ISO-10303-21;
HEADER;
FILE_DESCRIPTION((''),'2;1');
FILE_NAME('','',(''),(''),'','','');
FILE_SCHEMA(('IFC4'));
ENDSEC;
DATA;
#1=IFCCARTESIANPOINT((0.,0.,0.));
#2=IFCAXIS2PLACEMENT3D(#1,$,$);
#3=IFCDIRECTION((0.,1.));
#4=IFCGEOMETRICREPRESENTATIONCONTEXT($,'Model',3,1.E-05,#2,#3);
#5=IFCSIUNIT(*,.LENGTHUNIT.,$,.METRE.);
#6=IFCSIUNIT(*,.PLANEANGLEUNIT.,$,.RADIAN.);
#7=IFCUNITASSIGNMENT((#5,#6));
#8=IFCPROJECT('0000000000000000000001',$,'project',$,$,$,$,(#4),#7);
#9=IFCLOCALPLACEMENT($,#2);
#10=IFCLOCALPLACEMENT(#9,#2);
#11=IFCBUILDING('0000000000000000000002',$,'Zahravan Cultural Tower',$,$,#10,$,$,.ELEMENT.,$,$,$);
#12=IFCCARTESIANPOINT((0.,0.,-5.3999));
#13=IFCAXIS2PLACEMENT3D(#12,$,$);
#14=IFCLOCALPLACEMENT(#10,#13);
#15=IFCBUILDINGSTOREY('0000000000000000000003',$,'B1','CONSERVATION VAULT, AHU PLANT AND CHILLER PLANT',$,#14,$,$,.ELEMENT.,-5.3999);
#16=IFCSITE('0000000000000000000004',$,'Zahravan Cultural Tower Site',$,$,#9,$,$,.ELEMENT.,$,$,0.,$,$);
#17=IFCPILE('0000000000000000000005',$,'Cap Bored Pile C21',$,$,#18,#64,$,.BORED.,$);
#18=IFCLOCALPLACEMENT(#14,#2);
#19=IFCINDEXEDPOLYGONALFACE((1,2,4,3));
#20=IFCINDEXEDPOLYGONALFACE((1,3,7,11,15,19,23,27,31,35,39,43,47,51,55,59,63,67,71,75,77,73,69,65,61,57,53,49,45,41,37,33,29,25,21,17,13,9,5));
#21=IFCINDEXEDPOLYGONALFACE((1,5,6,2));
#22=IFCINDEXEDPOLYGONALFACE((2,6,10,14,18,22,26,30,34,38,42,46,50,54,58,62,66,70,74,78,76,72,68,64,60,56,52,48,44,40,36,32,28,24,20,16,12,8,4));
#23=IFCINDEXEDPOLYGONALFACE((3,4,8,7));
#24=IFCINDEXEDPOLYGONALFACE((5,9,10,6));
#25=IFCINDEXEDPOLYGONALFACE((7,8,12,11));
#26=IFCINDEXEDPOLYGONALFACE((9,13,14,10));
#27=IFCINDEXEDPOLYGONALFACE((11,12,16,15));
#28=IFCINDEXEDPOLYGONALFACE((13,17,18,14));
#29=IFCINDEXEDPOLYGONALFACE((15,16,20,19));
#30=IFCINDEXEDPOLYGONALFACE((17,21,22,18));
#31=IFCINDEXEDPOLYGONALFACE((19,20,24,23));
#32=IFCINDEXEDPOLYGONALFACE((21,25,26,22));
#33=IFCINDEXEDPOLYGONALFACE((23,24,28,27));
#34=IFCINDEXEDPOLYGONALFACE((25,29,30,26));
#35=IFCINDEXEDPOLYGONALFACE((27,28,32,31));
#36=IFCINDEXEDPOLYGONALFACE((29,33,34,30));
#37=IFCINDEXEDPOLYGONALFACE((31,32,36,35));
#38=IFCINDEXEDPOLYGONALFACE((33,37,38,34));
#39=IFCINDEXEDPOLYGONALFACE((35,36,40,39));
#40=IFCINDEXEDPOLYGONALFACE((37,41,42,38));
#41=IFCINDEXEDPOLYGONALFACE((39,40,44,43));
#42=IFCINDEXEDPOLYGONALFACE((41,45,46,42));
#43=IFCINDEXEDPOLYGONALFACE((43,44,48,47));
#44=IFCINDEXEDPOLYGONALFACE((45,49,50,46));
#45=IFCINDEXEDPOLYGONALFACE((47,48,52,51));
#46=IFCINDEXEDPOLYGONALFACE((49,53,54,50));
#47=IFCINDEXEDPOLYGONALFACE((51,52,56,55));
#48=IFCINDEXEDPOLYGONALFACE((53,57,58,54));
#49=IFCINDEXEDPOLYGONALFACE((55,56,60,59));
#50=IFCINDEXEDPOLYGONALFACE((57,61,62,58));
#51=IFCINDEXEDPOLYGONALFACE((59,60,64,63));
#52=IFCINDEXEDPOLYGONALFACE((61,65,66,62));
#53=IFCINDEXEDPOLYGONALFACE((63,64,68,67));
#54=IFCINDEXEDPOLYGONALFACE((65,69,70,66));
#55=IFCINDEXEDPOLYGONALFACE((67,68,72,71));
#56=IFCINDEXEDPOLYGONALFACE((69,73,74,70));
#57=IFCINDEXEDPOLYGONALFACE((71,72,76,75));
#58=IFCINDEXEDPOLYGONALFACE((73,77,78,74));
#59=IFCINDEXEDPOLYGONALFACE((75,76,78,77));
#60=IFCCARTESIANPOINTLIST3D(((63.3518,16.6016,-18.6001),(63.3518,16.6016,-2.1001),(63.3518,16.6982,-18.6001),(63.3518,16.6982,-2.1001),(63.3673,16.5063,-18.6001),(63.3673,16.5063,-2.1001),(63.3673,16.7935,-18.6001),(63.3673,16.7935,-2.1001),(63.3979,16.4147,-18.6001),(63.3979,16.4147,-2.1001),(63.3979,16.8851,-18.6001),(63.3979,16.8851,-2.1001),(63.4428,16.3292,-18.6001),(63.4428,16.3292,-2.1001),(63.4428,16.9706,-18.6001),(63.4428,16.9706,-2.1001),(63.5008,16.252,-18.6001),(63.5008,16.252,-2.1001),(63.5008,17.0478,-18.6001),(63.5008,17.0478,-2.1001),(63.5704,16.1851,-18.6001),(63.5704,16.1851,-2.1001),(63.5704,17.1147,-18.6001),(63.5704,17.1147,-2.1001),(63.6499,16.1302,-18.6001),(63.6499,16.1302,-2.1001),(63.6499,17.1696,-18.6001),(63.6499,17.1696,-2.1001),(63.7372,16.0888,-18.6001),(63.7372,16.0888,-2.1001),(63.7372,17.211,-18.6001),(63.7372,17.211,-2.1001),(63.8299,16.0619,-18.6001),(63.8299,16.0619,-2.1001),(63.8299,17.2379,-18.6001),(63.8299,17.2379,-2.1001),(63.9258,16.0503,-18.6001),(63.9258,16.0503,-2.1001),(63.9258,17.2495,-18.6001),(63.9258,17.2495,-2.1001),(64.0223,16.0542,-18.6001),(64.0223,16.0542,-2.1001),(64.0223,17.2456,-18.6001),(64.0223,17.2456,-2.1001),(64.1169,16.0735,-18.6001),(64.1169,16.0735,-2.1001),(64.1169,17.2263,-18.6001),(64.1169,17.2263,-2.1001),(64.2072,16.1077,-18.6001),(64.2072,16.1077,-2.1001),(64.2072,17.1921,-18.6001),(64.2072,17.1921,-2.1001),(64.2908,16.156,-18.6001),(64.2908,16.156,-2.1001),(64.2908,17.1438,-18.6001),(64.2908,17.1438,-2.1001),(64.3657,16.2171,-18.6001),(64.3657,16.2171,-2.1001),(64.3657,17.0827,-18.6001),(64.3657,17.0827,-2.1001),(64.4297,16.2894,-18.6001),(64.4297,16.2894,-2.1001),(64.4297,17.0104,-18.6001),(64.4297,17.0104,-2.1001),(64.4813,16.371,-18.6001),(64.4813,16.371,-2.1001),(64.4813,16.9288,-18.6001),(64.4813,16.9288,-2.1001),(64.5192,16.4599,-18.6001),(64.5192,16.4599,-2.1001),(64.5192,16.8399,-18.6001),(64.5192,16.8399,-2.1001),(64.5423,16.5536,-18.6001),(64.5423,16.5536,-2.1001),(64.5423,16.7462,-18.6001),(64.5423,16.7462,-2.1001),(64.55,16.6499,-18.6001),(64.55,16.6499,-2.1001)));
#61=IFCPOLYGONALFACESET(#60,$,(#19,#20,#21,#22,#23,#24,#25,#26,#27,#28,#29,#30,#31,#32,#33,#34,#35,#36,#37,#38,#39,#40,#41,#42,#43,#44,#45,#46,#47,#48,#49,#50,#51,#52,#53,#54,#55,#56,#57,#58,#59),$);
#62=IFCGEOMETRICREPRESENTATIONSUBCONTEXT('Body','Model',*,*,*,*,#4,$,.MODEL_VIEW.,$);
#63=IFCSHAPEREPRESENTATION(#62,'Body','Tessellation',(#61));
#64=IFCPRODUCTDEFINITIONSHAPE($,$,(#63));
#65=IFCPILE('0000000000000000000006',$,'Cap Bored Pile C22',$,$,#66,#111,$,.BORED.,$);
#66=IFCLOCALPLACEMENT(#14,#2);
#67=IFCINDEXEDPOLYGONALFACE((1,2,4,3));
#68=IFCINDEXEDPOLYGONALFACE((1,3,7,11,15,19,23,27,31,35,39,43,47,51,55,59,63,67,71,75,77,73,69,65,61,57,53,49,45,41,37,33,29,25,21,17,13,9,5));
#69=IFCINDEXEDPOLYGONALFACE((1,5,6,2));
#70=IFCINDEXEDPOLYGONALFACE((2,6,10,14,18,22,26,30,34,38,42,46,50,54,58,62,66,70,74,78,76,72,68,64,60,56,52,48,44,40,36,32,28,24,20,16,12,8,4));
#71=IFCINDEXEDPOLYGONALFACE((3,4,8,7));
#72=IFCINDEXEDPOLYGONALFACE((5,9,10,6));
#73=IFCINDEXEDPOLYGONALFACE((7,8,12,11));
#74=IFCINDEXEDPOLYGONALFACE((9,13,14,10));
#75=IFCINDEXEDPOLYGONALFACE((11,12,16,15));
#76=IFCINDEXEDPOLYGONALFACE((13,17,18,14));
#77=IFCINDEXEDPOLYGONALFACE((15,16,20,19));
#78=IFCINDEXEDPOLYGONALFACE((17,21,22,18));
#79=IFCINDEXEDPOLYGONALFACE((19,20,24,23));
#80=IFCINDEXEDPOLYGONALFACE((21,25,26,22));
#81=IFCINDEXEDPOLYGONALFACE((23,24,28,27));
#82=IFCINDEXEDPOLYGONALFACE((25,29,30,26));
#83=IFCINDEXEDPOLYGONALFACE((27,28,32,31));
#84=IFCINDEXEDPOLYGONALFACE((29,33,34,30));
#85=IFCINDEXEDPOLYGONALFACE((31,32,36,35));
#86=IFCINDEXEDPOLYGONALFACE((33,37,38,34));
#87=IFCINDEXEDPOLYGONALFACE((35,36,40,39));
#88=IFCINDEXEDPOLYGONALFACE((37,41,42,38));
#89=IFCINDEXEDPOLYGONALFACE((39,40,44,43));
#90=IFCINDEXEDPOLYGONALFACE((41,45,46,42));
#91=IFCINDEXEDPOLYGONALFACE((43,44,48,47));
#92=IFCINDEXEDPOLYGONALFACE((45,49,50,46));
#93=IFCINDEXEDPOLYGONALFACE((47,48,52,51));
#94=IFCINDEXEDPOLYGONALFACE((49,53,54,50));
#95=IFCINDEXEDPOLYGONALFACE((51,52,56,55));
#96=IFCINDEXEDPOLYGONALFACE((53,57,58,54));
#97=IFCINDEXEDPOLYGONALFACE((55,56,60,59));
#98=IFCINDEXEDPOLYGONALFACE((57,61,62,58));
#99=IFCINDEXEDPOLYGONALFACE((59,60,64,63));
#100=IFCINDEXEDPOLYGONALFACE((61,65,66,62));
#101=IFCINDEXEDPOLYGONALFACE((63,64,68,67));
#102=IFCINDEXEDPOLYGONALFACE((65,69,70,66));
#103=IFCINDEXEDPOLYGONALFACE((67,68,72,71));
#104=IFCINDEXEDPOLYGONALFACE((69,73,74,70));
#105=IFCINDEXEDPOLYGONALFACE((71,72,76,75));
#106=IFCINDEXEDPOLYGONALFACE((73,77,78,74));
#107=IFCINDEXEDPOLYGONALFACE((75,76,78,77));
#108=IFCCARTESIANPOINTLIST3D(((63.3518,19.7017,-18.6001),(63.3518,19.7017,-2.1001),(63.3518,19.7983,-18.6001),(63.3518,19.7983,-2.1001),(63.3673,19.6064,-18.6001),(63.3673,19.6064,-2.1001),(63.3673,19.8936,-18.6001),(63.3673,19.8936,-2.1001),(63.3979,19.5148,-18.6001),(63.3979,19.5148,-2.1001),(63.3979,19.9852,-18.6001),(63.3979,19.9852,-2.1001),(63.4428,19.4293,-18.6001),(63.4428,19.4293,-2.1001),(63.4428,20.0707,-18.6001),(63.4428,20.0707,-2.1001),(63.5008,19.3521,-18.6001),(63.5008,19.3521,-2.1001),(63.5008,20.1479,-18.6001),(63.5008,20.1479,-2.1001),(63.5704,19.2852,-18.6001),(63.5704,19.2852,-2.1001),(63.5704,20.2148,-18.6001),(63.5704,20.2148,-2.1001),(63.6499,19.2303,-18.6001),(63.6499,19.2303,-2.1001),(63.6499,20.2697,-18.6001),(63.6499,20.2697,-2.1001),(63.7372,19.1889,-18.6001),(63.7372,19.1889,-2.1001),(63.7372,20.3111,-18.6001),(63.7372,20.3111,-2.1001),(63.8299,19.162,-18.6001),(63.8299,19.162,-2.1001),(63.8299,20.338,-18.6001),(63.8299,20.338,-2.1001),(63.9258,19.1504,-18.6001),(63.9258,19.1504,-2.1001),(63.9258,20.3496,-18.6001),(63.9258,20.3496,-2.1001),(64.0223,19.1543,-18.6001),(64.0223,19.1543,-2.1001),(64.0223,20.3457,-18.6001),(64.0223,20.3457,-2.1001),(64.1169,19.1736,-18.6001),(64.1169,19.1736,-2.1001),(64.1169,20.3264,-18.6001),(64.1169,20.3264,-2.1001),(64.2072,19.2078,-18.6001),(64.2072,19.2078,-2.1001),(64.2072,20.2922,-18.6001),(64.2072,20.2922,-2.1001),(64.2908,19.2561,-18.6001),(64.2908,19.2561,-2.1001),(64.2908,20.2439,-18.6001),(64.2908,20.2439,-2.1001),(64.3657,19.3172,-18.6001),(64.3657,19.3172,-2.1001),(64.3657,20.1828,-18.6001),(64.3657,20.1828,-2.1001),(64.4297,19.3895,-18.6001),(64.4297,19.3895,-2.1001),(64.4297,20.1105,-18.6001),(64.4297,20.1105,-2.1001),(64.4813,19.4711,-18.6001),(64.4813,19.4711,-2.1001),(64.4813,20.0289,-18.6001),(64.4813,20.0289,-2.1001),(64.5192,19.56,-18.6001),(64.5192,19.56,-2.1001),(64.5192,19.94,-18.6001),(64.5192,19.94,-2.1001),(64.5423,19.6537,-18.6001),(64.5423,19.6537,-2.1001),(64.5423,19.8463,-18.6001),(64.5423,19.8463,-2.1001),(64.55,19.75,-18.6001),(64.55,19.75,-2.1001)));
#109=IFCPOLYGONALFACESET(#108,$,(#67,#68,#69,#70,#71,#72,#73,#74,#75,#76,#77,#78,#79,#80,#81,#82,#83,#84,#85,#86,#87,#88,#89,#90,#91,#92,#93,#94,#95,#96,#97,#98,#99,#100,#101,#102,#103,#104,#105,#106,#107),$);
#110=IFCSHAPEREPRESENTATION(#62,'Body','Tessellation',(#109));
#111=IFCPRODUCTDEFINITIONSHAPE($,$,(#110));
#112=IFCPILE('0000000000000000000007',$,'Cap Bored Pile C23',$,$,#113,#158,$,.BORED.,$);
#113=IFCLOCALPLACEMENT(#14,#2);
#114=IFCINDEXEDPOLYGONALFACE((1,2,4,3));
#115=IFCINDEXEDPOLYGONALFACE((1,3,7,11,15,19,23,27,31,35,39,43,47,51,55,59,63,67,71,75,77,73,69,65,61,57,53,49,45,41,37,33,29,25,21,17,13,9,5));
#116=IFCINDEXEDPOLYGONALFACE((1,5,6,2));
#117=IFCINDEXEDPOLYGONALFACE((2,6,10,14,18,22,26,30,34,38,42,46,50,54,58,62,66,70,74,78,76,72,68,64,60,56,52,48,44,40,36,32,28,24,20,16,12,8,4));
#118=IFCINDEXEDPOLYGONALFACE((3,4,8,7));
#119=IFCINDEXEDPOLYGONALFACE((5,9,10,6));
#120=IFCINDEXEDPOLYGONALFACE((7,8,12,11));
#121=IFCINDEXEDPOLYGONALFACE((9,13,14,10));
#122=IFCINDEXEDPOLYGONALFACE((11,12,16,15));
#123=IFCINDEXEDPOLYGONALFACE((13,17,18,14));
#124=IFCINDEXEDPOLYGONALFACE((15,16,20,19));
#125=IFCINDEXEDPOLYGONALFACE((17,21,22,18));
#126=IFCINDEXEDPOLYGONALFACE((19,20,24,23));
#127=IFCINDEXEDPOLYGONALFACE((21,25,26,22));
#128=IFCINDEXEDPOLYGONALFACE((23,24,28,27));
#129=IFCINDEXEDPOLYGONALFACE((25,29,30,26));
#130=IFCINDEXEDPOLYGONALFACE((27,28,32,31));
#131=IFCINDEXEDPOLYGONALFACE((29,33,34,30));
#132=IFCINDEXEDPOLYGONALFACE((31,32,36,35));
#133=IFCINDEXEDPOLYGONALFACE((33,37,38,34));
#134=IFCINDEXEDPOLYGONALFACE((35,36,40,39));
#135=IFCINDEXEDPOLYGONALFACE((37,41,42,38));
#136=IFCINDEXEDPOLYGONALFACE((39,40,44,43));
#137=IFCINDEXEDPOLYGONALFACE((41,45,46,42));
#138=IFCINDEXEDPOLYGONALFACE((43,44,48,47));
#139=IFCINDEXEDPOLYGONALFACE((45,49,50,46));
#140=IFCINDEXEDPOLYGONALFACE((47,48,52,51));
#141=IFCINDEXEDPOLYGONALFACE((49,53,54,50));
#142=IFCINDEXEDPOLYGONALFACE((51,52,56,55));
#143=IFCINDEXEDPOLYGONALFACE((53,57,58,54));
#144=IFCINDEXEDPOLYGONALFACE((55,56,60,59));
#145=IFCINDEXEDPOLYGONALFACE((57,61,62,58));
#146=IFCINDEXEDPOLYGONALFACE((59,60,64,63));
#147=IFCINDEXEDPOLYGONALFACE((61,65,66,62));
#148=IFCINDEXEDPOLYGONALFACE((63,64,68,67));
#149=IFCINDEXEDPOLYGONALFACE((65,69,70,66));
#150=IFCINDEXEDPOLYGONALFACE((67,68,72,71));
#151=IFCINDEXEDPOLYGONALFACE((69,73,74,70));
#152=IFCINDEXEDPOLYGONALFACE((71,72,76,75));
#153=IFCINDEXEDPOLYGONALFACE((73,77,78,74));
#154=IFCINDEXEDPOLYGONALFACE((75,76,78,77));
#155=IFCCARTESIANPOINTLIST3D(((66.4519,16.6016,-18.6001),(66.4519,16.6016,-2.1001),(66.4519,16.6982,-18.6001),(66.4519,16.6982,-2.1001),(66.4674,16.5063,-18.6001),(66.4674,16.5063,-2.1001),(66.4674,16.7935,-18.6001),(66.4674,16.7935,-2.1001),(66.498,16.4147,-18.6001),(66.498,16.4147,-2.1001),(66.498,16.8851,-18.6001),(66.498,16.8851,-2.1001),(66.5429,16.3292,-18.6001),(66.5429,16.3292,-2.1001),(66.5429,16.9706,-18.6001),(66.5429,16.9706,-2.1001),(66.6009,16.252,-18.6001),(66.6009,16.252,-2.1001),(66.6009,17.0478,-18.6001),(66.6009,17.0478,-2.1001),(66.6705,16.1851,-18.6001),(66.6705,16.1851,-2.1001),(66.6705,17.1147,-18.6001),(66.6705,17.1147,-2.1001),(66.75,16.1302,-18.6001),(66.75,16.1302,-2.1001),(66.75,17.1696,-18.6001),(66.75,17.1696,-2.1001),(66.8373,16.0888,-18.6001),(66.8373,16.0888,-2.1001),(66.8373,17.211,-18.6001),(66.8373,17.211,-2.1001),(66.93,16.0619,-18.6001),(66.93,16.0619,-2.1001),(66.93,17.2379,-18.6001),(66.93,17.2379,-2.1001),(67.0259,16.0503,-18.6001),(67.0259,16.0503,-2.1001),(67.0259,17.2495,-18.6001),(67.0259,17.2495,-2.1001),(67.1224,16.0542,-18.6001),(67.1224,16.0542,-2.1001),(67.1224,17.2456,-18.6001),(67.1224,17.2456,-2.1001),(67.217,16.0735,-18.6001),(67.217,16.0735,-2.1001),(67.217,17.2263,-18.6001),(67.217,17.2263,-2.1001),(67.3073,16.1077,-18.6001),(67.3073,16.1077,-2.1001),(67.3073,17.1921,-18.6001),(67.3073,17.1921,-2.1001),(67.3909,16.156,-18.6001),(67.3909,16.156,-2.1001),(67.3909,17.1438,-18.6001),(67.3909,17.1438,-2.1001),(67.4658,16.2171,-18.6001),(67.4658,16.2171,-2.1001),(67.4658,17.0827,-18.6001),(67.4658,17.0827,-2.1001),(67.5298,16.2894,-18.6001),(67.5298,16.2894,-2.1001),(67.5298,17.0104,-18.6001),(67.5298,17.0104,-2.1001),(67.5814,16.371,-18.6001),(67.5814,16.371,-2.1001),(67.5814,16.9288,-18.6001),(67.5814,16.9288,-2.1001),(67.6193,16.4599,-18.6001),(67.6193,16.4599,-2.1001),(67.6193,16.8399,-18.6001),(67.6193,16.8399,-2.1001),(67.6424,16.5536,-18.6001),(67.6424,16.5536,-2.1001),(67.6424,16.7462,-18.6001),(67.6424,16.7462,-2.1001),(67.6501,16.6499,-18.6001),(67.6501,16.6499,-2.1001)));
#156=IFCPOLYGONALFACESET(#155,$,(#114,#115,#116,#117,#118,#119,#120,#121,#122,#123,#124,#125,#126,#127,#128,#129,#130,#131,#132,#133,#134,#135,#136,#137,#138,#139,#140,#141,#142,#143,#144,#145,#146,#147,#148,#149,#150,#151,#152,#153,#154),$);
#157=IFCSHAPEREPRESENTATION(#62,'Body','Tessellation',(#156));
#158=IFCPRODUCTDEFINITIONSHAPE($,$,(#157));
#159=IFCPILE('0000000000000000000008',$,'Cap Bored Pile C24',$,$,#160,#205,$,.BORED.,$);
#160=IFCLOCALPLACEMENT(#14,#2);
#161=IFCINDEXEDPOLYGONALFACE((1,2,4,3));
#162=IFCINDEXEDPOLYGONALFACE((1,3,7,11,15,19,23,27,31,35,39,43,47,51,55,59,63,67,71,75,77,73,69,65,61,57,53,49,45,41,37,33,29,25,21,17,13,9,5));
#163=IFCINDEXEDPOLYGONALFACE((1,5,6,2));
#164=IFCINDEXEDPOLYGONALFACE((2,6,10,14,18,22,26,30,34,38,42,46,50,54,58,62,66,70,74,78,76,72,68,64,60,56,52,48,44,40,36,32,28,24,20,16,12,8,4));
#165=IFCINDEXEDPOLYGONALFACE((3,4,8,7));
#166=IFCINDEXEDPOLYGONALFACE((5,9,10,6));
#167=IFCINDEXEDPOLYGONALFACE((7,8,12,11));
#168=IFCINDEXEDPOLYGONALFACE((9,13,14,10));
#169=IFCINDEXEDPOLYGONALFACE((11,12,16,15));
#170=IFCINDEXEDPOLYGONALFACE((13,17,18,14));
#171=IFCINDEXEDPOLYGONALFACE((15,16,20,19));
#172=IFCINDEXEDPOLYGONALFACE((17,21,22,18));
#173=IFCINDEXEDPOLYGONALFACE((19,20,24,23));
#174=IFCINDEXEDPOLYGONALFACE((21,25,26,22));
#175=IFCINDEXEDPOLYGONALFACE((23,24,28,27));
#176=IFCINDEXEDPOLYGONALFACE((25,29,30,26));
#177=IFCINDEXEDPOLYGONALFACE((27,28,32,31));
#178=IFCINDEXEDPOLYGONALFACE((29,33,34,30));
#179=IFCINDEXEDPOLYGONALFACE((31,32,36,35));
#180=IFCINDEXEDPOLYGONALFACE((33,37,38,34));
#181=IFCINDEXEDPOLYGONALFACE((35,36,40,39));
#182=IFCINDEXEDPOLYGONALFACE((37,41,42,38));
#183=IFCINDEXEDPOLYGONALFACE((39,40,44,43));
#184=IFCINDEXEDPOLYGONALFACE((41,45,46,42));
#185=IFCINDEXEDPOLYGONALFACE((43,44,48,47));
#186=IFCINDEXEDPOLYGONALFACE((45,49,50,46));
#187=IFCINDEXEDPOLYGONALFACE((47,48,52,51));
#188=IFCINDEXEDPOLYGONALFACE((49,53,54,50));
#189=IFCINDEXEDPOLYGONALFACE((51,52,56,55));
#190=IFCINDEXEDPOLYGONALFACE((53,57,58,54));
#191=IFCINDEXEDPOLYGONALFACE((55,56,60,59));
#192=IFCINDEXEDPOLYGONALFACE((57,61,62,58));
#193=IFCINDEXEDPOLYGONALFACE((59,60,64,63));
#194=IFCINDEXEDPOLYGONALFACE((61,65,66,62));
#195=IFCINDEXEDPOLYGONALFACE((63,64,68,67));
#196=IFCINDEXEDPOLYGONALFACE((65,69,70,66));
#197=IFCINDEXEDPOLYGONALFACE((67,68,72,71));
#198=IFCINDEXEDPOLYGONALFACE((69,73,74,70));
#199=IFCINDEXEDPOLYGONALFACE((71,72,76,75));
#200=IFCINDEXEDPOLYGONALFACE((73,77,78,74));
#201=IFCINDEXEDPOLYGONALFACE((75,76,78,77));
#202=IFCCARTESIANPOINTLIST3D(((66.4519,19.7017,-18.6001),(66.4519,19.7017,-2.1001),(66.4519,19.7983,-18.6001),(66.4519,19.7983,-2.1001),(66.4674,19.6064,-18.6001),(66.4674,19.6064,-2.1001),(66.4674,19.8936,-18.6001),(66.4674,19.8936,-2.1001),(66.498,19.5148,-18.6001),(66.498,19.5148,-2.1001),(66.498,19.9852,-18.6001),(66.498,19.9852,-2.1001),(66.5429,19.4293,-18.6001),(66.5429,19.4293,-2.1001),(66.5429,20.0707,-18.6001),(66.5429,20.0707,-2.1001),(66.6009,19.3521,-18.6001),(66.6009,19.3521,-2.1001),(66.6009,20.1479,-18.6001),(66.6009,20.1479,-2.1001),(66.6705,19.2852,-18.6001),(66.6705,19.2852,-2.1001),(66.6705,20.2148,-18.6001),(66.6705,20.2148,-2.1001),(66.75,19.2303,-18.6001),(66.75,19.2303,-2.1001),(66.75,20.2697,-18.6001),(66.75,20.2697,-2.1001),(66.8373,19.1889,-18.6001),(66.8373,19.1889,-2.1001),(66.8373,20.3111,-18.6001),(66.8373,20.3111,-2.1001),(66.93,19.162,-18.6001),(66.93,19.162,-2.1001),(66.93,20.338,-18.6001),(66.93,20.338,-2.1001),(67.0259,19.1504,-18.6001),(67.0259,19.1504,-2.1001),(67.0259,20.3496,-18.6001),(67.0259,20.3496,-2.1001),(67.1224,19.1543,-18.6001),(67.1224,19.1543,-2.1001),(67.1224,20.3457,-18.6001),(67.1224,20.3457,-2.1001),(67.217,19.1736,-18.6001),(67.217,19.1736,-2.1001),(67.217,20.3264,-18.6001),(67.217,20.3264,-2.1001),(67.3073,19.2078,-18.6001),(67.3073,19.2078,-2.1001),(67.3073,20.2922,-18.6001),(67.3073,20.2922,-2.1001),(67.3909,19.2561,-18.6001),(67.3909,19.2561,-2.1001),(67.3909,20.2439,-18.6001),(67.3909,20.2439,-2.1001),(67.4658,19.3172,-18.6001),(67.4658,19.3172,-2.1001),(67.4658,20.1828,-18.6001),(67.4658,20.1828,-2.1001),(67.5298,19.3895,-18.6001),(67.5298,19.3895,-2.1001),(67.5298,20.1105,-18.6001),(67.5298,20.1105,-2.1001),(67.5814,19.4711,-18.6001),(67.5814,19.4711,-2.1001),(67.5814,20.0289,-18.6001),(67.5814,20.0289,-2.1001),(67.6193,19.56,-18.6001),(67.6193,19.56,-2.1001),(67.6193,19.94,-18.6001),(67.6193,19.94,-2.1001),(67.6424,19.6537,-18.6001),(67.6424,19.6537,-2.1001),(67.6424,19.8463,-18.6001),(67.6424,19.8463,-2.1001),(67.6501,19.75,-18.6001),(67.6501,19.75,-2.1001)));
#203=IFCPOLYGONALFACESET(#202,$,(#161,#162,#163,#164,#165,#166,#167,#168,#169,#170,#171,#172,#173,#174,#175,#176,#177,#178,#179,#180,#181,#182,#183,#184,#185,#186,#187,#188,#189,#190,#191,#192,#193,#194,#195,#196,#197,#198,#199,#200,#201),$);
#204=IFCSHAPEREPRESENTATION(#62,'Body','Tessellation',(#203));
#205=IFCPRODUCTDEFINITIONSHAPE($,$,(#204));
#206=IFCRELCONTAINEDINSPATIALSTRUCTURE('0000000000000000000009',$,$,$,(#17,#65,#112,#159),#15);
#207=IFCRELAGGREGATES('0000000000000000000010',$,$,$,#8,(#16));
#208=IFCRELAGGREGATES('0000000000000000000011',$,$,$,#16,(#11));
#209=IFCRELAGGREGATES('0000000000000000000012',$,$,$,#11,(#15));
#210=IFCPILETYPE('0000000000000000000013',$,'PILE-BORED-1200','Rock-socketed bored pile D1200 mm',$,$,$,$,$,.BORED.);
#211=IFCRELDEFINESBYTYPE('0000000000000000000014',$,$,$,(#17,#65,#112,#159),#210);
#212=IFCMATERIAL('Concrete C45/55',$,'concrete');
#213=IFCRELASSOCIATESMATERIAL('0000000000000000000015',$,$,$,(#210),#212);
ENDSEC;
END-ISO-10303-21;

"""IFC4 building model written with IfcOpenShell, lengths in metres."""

from ifc_helpers import new_model, si_unit, direction, frame, origin, origin_2d, place, context, subcontext, project, spatial, circle, extrude, material, material_profile, profile_set, type_object, element, save


model = new_model("IFC4")

# Units and contexts
model_context = context("Model", 3, precision=1e-05, world=origin(), true_north=direction((0.0, 1.0)))
body_context = subcontext(model_context, "Body", "Model", "MODEL_VIEW")
ifc_project = project(units=[si_unit("LENGTHUNIT", "METRE"), si_unit("PLANEANGLEUNIT", "RADIAN")], contexts=[model_context])

# Site, building, storey
site_placement = place(None, origin())
site = spatial("IfcSite", under=ifc_project, at=site_placement, Name="Zahravan Cultural Tower Site", CompositionType="ELEMENT", RefElevation=0.0)
building_placement = place(site_placement, origin())
building = spatial("IfcBuilding", under=site, at=building_placement, Name="Zahravan Cultural Tower", CompositionType="ELEMENT")
storey_placement = place(building_placement, frame((0.0, 0.0, -5.3999)))
storey = spatial("IfcBuildingStorey", under=building, at=storey_placement, Name="B1", Description="CONSERVATION VAULT, AHU PLANT AND CHILLER PLANT", CompositionType="ELEMENT", Elevation=-5.3999)

# Piles
ifc_material_1 = material(Name="Concrete C45/55", Category="concrete")
ifc_material_profile_1 = material_profile(ifc_material_1, circle(Radius=0.6001, at=origin_2d()), Name="PILE-D1200")
ifc_profile_set_1 = profile_set([ifc_material_profile_1], Name="Concrete C45/55")
pile_type_1 = type_object("IfcPileType", Name="PILE-BORED-1200", Description="Rock-socketed bored pile D1200 mm", PredefinedType="BORED", material=ifc_profile_set_1)
for number, where, z_axis, x_axis, name in (
    (1, (63.95, 16.6499, -2.1001), (0.0, 0.0, -1.0), (1.0, 0.0, 0.0), "Cap Bored Pile C21"),
    (2, (63.95, 19.75, -2.1001), (0.0, 0.0, -1.0), (1.0, 0.0, 0.0), "Cap Bored Pile C22"),
    (3, (67.05, 16.6499, -2.1001), (0.0, 0.0, -1.0), (1.0, 0.0, 0.0), "Cap Bored Pile C23"),
    (4, (67.05, 19.75, -2.1001), (0.0, 0.0, -1.0), (1.0, 0.0, 0.0), "Cap Bored Pile C24"),
):
    element("IfcPile", number, at=place(storey_placement, frame(where, z_axis=z_axis, x_axis=x_axis)), inside=storey, type_object=pile_type_1, Name=name, PredefinedType="BORED", context=body_context, shape_type="SweptSolid", body=[
        extrude(circle(Radius=0.6001, at=origin_2d()), origin(), (0.0, 0.0, 1.0), 16.5),
    ])

save(model, "model.ifc")
